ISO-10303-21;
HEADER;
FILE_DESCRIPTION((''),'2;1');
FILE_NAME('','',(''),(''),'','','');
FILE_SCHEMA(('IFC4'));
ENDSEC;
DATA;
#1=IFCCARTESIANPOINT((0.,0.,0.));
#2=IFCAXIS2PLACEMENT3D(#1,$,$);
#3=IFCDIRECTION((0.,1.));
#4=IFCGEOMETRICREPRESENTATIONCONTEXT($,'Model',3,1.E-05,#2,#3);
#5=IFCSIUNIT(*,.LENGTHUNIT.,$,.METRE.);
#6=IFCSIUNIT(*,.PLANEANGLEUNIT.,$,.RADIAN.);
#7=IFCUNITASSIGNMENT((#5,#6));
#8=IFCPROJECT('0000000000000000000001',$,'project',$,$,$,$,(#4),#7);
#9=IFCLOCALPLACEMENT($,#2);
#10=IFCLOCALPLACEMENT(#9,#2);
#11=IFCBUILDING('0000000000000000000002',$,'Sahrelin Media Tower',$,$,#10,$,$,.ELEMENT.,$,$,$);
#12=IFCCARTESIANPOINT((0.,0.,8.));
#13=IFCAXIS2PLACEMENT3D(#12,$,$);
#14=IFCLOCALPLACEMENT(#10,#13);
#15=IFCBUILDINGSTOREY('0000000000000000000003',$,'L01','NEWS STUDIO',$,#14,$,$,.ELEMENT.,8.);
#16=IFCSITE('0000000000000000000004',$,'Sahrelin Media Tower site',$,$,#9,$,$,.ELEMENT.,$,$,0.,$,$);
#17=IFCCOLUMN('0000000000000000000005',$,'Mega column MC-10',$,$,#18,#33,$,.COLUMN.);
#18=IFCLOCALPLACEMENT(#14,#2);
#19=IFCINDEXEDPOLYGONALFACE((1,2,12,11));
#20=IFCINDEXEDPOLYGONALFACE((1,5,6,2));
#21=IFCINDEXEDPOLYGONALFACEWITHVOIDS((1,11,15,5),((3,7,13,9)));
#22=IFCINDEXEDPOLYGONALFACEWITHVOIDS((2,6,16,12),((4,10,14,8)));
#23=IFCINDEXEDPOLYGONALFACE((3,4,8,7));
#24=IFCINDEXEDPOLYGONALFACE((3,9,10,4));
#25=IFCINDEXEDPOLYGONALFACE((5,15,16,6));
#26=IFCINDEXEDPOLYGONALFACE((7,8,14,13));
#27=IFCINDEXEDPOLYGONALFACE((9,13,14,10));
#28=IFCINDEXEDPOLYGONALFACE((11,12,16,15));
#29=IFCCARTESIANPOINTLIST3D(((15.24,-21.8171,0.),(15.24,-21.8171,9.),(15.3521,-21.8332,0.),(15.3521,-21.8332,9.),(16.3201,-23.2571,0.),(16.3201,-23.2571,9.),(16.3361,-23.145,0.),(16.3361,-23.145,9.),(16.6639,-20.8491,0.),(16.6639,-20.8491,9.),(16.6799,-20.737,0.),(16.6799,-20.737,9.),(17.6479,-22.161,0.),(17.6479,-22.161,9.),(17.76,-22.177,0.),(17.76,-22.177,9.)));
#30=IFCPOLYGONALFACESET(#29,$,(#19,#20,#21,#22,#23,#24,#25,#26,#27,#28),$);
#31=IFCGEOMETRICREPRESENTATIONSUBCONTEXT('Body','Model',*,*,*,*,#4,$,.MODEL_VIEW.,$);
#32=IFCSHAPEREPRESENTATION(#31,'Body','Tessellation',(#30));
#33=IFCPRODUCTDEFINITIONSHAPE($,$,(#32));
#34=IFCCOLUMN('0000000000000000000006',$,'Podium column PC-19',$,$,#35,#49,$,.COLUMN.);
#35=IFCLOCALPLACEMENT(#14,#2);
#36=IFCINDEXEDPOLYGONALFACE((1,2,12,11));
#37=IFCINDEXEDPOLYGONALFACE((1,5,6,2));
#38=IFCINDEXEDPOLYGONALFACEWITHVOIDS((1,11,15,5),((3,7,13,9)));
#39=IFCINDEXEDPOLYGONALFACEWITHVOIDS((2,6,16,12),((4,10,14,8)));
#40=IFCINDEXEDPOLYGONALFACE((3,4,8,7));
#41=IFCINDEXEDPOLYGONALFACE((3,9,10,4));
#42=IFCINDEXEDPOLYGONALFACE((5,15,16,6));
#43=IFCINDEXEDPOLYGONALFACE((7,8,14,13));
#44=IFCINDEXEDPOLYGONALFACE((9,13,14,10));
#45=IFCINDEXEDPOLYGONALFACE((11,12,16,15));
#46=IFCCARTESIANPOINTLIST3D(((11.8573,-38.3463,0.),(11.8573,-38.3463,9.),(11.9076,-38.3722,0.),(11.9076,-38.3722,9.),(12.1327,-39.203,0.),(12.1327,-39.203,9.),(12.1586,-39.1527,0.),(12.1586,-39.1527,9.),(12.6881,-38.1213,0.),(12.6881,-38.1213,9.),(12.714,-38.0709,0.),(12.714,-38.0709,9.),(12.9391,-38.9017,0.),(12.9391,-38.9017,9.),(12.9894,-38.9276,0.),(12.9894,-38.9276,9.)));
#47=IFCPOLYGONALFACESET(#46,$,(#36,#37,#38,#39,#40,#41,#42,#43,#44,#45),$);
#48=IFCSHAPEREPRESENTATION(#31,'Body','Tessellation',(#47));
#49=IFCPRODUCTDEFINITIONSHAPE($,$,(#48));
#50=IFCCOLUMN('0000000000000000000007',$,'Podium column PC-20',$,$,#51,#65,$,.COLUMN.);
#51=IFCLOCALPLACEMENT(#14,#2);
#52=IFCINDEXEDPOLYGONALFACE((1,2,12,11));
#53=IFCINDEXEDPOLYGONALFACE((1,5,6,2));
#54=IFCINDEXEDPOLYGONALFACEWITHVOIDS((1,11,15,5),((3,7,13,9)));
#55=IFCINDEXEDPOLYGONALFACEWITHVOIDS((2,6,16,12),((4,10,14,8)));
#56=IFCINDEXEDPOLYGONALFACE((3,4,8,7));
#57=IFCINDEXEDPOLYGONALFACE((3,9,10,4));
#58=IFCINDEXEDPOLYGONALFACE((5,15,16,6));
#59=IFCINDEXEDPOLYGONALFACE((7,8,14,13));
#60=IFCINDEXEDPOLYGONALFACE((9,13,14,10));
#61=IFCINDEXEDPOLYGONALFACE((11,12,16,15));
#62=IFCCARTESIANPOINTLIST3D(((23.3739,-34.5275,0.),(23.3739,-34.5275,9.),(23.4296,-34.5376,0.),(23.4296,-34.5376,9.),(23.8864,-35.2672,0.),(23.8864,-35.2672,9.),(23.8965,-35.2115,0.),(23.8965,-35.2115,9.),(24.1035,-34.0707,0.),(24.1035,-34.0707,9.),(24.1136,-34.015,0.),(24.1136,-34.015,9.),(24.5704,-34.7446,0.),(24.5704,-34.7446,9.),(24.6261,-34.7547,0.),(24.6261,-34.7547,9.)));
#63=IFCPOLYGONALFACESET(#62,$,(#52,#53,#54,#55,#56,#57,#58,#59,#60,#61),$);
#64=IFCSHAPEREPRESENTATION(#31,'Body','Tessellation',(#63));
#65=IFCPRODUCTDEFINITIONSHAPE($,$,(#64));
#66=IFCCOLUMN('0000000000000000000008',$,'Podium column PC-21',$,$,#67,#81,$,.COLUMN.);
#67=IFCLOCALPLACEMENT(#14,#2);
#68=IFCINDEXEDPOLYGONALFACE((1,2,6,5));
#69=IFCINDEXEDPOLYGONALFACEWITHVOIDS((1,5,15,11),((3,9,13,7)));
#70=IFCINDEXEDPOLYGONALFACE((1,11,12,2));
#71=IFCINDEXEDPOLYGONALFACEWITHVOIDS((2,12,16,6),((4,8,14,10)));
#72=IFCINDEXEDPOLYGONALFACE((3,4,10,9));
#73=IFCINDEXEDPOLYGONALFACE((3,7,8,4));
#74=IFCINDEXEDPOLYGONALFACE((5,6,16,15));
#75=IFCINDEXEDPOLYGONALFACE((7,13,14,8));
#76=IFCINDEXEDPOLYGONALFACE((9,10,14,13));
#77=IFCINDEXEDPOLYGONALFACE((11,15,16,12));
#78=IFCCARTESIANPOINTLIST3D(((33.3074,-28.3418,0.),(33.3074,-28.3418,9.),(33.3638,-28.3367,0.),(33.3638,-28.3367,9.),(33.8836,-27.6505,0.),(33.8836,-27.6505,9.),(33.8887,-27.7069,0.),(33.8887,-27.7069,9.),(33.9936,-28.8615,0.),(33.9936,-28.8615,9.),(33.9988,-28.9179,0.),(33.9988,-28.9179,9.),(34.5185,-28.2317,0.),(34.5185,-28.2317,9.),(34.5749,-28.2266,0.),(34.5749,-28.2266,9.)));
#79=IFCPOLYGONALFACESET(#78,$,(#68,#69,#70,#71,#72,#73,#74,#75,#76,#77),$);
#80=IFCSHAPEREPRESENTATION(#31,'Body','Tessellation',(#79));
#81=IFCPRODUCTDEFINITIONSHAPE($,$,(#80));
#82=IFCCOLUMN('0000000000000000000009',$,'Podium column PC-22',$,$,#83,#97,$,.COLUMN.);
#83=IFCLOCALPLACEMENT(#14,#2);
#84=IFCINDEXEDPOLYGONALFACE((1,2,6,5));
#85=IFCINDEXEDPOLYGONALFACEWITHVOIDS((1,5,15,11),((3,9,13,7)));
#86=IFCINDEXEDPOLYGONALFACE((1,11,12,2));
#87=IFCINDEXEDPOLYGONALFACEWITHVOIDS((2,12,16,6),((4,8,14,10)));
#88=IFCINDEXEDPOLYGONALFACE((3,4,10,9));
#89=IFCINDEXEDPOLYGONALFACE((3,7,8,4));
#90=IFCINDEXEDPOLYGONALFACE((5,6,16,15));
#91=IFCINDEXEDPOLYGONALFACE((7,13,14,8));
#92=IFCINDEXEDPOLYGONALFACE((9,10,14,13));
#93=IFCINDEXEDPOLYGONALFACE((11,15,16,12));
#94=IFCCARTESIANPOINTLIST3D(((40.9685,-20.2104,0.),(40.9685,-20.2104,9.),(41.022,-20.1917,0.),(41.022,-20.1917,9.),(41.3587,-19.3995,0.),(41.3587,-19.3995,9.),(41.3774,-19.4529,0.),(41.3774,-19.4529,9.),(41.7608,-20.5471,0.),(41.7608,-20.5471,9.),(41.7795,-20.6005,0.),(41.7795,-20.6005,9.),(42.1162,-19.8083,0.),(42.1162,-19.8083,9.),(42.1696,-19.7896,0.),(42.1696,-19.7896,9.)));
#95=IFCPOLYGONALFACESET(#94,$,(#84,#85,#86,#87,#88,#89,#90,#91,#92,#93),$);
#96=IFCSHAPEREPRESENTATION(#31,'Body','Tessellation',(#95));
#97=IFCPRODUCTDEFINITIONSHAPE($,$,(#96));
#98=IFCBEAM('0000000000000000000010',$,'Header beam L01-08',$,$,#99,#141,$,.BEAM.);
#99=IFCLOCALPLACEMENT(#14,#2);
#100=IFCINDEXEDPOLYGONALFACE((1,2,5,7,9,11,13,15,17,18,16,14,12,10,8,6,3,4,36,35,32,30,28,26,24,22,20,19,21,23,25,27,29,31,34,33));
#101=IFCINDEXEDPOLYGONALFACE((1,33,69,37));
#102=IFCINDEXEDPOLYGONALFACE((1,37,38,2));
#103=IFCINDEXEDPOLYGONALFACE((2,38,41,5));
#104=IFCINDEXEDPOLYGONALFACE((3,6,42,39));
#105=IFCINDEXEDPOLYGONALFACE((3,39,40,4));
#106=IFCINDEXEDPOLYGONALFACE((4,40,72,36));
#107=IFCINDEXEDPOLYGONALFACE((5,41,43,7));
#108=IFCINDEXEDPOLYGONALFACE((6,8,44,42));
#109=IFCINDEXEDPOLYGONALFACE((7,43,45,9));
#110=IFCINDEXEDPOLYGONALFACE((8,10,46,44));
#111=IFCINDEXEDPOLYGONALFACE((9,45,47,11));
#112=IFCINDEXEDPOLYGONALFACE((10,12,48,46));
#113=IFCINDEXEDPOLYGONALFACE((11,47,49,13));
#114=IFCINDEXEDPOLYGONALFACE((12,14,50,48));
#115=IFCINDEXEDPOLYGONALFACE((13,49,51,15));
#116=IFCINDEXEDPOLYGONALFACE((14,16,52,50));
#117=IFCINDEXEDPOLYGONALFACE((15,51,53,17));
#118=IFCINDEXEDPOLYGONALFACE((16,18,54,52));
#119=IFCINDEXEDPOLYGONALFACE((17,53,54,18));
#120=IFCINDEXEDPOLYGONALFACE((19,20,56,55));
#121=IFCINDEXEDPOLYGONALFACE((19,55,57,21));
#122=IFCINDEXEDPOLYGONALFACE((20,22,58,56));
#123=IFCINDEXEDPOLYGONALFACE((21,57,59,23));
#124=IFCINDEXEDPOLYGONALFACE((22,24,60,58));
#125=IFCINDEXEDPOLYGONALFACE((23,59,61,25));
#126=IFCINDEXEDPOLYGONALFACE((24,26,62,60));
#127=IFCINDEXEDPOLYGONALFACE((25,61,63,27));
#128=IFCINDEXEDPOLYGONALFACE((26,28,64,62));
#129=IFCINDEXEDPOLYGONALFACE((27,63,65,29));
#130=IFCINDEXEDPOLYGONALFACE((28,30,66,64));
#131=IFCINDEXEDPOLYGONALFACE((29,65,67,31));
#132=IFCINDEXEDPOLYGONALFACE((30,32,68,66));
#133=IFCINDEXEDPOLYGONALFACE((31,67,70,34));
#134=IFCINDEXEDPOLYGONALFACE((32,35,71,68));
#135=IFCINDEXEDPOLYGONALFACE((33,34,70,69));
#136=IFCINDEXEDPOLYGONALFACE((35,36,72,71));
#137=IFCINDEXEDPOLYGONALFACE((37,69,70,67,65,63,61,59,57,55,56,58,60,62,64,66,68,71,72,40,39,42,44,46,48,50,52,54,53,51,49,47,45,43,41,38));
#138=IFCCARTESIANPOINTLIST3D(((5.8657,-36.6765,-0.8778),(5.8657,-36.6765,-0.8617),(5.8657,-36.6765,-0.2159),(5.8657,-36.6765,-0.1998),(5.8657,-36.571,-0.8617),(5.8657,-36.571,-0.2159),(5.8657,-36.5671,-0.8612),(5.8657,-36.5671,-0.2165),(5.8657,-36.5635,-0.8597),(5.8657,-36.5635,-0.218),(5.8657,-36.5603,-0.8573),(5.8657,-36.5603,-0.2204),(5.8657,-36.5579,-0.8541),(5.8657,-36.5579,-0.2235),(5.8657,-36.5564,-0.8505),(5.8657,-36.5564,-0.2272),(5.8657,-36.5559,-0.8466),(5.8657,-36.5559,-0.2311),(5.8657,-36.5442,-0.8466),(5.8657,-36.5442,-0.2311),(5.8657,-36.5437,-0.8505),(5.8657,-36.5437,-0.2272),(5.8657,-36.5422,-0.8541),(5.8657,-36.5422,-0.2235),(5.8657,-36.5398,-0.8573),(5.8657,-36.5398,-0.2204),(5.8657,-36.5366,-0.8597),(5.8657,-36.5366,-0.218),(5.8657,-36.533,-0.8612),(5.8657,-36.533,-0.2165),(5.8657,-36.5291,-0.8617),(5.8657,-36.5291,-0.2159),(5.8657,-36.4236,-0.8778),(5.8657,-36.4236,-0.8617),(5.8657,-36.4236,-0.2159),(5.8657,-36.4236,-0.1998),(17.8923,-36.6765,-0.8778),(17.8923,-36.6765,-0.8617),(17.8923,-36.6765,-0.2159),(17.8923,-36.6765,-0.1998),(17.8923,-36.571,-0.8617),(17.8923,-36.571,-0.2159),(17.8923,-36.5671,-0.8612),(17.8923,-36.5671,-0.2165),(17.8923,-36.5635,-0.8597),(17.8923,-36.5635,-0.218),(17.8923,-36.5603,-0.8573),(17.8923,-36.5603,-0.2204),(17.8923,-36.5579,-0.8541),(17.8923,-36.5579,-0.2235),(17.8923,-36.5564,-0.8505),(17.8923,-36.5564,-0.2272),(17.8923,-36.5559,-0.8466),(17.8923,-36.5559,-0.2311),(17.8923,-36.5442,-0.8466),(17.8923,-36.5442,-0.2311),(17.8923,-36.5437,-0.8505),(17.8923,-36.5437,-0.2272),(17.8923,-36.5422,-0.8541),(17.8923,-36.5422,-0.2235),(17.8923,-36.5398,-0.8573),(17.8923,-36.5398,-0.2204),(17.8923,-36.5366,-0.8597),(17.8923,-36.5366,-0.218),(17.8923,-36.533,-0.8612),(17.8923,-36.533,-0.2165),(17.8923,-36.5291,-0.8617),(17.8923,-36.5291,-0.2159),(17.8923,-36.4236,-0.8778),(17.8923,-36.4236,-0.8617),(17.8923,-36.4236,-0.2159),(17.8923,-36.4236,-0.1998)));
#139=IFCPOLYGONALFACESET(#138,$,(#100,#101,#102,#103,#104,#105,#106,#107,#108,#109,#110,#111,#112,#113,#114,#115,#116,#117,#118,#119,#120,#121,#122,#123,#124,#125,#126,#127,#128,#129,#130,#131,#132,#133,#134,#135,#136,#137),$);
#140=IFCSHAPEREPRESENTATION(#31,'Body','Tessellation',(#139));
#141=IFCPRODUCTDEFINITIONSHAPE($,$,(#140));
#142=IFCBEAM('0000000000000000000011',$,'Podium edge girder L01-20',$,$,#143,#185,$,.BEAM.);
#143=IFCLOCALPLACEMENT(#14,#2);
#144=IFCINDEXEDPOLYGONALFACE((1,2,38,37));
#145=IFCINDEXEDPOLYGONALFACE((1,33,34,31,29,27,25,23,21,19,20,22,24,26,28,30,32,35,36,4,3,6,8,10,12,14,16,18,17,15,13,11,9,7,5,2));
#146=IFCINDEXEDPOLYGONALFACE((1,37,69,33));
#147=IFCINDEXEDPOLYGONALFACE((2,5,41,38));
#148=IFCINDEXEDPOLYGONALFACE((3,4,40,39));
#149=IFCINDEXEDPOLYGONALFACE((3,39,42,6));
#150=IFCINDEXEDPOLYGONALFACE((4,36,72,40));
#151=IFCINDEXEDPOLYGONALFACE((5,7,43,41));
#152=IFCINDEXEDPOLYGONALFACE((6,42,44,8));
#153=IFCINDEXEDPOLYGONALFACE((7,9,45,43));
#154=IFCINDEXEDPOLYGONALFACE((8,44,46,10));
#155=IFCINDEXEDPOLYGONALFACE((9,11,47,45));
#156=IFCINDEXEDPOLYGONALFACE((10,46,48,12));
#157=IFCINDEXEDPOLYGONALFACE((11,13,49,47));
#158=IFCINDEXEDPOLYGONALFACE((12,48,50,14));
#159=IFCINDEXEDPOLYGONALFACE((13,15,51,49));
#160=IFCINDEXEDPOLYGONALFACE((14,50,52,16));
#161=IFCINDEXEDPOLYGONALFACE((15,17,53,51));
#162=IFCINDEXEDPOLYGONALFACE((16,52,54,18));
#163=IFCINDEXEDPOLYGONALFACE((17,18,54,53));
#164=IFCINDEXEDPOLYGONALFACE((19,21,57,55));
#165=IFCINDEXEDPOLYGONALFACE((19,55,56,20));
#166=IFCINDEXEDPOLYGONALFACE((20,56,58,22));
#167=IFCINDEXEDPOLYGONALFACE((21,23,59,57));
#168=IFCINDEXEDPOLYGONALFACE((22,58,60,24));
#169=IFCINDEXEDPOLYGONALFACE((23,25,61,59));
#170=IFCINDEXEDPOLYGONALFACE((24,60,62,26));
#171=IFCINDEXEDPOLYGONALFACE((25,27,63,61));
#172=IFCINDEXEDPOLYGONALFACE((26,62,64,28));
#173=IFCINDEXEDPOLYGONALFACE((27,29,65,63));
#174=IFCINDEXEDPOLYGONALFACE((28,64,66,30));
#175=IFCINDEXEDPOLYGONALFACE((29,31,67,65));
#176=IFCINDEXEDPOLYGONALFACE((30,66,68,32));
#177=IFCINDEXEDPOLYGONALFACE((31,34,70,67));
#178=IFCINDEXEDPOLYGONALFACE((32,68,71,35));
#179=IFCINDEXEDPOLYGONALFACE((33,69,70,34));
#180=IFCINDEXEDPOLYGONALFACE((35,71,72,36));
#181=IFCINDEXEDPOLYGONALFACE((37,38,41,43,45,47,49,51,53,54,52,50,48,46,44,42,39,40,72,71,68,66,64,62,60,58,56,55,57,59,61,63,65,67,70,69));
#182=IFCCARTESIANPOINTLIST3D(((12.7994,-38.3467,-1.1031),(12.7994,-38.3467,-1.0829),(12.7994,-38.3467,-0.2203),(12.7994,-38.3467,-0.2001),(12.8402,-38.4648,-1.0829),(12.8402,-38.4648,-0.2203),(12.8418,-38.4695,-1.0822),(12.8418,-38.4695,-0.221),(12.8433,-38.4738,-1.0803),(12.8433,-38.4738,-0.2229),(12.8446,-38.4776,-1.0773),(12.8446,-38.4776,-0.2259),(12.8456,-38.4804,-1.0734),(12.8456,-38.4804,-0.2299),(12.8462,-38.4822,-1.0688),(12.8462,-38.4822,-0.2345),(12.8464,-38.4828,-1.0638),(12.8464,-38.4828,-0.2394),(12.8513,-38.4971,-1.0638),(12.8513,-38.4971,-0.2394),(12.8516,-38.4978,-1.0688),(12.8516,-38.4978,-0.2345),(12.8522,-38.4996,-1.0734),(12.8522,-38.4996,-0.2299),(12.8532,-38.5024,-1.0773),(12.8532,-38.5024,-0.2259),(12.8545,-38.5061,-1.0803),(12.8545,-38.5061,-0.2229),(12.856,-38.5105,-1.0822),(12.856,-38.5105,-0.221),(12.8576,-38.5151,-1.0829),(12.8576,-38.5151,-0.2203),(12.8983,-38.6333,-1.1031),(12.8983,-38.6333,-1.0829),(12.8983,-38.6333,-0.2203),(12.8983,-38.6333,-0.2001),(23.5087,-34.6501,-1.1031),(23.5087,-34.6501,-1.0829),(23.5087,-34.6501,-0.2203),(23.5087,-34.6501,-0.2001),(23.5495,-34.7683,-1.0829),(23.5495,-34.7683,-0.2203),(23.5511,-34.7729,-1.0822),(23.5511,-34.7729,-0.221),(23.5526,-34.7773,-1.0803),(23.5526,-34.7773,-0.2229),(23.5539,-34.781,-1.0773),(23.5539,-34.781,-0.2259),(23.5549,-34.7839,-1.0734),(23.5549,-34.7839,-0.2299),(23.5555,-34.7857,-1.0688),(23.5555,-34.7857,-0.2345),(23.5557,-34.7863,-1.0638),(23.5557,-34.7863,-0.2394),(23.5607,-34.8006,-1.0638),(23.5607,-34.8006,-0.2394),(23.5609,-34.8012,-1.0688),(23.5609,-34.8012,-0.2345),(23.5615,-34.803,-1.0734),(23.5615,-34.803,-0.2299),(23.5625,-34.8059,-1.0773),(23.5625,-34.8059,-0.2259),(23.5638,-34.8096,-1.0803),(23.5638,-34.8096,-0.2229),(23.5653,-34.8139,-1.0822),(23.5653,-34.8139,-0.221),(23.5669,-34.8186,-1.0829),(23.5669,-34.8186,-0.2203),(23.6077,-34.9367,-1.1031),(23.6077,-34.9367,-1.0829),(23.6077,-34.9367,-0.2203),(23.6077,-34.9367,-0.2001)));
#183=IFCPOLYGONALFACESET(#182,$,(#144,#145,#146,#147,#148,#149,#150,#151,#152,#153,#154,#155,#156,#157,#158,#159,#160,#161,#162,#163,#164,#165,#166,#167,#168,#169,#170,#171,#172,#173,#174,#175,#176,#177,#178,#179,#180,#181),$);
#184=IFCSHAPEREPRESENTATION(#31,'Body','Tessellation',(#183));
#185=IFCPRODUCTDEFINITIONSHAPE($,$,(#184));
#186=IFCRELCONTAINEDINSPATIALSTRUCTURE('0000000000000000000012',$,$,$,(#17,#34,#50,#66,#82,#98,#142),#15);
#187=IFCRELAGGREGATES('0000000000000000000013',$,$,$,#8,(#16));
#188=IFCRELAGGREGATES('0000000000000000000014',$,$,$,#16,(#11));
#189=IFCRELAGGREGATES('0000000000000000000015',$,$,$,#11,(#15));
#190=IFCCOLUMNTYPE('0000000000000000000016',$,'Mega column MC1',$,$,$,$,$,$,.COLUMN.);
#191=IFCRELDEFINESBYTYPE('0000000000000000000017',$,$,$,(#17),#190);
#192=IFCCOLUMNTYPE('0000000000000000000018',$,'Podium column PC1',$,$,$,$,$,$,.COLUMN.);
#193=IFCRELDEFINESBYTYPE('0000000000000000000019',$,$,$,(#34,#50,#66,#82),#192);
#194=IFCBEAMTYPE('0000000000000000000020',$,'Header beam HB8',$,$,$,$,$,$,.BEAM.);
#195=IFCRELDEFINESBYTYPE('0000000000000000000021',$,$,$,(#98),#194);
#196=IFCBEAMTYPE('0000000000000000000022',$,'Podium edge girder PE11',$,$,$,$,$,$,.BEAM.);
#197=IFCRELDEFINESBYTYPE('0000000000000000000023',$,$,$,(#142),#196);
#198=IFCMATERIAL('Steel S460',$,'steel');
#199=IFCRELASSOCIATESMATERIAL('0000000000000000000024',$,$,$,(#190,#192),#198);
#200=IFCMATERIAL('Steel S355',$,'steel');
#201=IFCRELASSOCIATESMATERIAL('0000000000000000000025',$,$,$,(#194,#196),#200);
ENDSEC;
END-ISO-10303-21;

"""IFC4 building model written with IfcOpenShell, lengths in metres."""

from ifc_helpers import new_model, si_unit, direction, frame, origin, origin_2d, place, context, subcontext, project, spatial, hollow_rectangle, i_section, extrude, material, material_profile, profile_set, type_object, element, save


model = new_model("IFC4")

# Units and contexts
model_context = context("Model", 3, precision=1e-05, world=origin(), true_north=direction((0.0, 1.0)))
body_context = subcontext(model_context, "Body", "Model", "MODEL_VIEW")
ifc_project = project(units=[si_unit("LENGTHUNIT", "METRE"), si_unit("PLANEANGLEUNIT", "RADIAN")], contexts=[model_context])

# Site, building, storey
site_placement = place(None, origin())
site = spatial("IfcSite", under=ifc_project, at=site_placement, Name="Sahrelin Media Tower site", CompositionType="ELEMENT", RefElevation=0.0)
building_placement = place(site_placement, origin())
building = spatial("IfcBuilding", under=site, at=building_placement, Name="Sahrelin Media Tower", CompositionType="ELEMENT")
storey_placement = place(building_placement, frame((0.0, 0.0, 8.0)))
storey = spatial("IfcBuildingStorey", under=building, at=storey_placement, Name="L01", Description="NEWS STUDIO", CompositionType="ELEMENT", Elevation=8.0)

# Columns
ifc_material_1 = material(Name="Steel S460", Category="steel")
ifc_material_profile_1 = material_profile(ifc_material_1, hollow_rectangle(XDim=1.8, YDim=1.8, WallThickness=0.0801, at=origin_2d()), Name="Mega column MC1")
ifc_profile_set_1 = profile_set([ifc_material_profile_1], Name="Steel S460")
column_type_1 = type_object("IfcColumnType", Name="Mega column MC1", PredefinedType="COLUMN", material=ifc_profile_set_1)
column_placement = place(storey_placement, frame((16.5, -21.9971, 0.0), z_axis=(0.0, 0.0, 1.0), x_axis=(0.600052, -0.799961, 0.0)))
element("IfcColumn", 1, at=column_placement, inside=storey, type_object=column_type_1, Name="Mega column MC-10", PredefinedType="COLUMN", context=body_context, shape_type="SweptSolid", body=[
    extrude(hollow_rectangle(XDim=1.8, YDim=1.8, WallThickness=0.0801, at=origin_2d()), origin(), (0.0, 0.0, 1.0), 9.0),
])
ifc_material_profile_2 = material_profile(ifc_material_1, hollow_rectangle(XDim=0.8999, YDim=0.8999, WallThickness=0.04, at=origin_2d()), Name="Podium column PC1")
ifc_profile_set_2 = profile_set([ifc_material_profile_2], Name="Steel S460")
column_type_2 = type_object("IfcColumnType", Name="Podium column PC1", PredefinedType="COLUMN", material=ifc_profile_set_2)
for number, where, z_axis, x_axis, name in (
    (2, (12.4233, -38.637, 0.0), (0.0, 0.0, 1.0), (0.306104, -0.951998, 0.0), "Podium column PC-19"),
    (3, (24.0, -34.6411, 0.0), (0.0, 0.0, 1.0), (0.569495, -0.821995, 0.0), "Podium column PC-20"),
    (4, (33.9412, -28.2842, 0.0), (0.0, 0.0, 1.0), (0.768221, -0.640185, 0.0), "Podium column PC-21"),
    (5, (41.5691, -20.0, 0.0), (0.0, 0.0, 1.0), (0.901127, -0.433555, 0.0), "Podium column PC-22"),
):
    element("IfcColumn", number, at=place(storey_placement, frame(where, z_axis=z_axis, x_axis=x_axis)), inside=storey, type_object=column_type_2, Name=name, PredefinedType="COLUMN", context=body_context, shape_type="SweptSolid", body=[
        extrude(hollow_rectangle(XDim=0.8999, YDim=0.8999, WallThickness=0.04, at=origin_2d()), origin(), (0.0, 0.0, 1.0), 9.0),
    ])

# Beams
ifc_material_2 = material(Name="Steel S355", Category="steel")
ifc_material_profile_3 = material_profile(ifc_material_2, i_section(OverallWidth=0.2529, OverallDepth=0.678, WebThickness=0.0117, FlangeThickness=0.0161, FilletRadius=0.0151, at=origin_2d()), Name="UB 686x254x125")
ifc_profile_set_3 = profile_set([ifc_material_profile_3], Name="Steel S355")
beam_type_1 = type_object("IfcBeamType", Name="Header beam HB8", PredefinedType="BEAM", material=ifc_profile_set_3)
beam_1_placement = place(storey_placement, frame((17.8923, -36.55, -0.5388), z_axis=(-1.0, 0.0, 0.0), x_axis=(0.0, -1.0, 0.0)))
element("IfcBeam", 6, at=beam_1_placement, inside=storey, type_object=beam_type_1, Name="Header beam L01-08", PredefinedType="BEAM", context=body_context, shape_type="SweptSolid", body=[
    extrude(i_section(OverallWidth=0.2529, OverallDepth=0.678, WebThickness=0.0117, FlangeThickness=0.0161, FilletRadius=0.0151, at=origin_2d()), origin(), (0.0, 0.0, 1.0), 12.0266),
])
ifc_material_profile_4 = material_profile(ifc_material_2, i_section(OverallWidth=0.3032, OverallDepth=0.9031, WebThickness=0.0151, FlangeThickness=0.0203, FilletRadius=0.019, at=origin_2d()), Name="UB 914x305x201")
ifc_profile_set_4 = profile_set([ifc_material_profile_4], Name="Steel S355")
beam_type_2 = type_object("IfcBeamType", Name="Podium edge girder PE11", PredefinedType="BEAM", material=ifc_profile_set_4)
beam_2_placement = place(storey_placement, frame((12.8489, -38.49, -0.6516), z_axis=(0.945272, 0.326282, 0.0), x_axis=(-0.326282, 0.945272, 0.0)))
element("IfcBeam", 7, at=beam_2_placement, inside=storey, type_object=beam_type_2, Name="Podium edge girder L01-20", PredefinedType="BEAM", context=body_context, shape_type="SweptSolid", body=[
    extrude(i_section(OverallWidth=0.3032, OverallDepth=0.9031, WebThickness=0.0151, FlangeThickness=0.0203, FilletRadius=0.019, at=origin_2d()), origin(), (0.0, 0.0, 1.0), 11.3293),
])

save(model, "model.ifc")
